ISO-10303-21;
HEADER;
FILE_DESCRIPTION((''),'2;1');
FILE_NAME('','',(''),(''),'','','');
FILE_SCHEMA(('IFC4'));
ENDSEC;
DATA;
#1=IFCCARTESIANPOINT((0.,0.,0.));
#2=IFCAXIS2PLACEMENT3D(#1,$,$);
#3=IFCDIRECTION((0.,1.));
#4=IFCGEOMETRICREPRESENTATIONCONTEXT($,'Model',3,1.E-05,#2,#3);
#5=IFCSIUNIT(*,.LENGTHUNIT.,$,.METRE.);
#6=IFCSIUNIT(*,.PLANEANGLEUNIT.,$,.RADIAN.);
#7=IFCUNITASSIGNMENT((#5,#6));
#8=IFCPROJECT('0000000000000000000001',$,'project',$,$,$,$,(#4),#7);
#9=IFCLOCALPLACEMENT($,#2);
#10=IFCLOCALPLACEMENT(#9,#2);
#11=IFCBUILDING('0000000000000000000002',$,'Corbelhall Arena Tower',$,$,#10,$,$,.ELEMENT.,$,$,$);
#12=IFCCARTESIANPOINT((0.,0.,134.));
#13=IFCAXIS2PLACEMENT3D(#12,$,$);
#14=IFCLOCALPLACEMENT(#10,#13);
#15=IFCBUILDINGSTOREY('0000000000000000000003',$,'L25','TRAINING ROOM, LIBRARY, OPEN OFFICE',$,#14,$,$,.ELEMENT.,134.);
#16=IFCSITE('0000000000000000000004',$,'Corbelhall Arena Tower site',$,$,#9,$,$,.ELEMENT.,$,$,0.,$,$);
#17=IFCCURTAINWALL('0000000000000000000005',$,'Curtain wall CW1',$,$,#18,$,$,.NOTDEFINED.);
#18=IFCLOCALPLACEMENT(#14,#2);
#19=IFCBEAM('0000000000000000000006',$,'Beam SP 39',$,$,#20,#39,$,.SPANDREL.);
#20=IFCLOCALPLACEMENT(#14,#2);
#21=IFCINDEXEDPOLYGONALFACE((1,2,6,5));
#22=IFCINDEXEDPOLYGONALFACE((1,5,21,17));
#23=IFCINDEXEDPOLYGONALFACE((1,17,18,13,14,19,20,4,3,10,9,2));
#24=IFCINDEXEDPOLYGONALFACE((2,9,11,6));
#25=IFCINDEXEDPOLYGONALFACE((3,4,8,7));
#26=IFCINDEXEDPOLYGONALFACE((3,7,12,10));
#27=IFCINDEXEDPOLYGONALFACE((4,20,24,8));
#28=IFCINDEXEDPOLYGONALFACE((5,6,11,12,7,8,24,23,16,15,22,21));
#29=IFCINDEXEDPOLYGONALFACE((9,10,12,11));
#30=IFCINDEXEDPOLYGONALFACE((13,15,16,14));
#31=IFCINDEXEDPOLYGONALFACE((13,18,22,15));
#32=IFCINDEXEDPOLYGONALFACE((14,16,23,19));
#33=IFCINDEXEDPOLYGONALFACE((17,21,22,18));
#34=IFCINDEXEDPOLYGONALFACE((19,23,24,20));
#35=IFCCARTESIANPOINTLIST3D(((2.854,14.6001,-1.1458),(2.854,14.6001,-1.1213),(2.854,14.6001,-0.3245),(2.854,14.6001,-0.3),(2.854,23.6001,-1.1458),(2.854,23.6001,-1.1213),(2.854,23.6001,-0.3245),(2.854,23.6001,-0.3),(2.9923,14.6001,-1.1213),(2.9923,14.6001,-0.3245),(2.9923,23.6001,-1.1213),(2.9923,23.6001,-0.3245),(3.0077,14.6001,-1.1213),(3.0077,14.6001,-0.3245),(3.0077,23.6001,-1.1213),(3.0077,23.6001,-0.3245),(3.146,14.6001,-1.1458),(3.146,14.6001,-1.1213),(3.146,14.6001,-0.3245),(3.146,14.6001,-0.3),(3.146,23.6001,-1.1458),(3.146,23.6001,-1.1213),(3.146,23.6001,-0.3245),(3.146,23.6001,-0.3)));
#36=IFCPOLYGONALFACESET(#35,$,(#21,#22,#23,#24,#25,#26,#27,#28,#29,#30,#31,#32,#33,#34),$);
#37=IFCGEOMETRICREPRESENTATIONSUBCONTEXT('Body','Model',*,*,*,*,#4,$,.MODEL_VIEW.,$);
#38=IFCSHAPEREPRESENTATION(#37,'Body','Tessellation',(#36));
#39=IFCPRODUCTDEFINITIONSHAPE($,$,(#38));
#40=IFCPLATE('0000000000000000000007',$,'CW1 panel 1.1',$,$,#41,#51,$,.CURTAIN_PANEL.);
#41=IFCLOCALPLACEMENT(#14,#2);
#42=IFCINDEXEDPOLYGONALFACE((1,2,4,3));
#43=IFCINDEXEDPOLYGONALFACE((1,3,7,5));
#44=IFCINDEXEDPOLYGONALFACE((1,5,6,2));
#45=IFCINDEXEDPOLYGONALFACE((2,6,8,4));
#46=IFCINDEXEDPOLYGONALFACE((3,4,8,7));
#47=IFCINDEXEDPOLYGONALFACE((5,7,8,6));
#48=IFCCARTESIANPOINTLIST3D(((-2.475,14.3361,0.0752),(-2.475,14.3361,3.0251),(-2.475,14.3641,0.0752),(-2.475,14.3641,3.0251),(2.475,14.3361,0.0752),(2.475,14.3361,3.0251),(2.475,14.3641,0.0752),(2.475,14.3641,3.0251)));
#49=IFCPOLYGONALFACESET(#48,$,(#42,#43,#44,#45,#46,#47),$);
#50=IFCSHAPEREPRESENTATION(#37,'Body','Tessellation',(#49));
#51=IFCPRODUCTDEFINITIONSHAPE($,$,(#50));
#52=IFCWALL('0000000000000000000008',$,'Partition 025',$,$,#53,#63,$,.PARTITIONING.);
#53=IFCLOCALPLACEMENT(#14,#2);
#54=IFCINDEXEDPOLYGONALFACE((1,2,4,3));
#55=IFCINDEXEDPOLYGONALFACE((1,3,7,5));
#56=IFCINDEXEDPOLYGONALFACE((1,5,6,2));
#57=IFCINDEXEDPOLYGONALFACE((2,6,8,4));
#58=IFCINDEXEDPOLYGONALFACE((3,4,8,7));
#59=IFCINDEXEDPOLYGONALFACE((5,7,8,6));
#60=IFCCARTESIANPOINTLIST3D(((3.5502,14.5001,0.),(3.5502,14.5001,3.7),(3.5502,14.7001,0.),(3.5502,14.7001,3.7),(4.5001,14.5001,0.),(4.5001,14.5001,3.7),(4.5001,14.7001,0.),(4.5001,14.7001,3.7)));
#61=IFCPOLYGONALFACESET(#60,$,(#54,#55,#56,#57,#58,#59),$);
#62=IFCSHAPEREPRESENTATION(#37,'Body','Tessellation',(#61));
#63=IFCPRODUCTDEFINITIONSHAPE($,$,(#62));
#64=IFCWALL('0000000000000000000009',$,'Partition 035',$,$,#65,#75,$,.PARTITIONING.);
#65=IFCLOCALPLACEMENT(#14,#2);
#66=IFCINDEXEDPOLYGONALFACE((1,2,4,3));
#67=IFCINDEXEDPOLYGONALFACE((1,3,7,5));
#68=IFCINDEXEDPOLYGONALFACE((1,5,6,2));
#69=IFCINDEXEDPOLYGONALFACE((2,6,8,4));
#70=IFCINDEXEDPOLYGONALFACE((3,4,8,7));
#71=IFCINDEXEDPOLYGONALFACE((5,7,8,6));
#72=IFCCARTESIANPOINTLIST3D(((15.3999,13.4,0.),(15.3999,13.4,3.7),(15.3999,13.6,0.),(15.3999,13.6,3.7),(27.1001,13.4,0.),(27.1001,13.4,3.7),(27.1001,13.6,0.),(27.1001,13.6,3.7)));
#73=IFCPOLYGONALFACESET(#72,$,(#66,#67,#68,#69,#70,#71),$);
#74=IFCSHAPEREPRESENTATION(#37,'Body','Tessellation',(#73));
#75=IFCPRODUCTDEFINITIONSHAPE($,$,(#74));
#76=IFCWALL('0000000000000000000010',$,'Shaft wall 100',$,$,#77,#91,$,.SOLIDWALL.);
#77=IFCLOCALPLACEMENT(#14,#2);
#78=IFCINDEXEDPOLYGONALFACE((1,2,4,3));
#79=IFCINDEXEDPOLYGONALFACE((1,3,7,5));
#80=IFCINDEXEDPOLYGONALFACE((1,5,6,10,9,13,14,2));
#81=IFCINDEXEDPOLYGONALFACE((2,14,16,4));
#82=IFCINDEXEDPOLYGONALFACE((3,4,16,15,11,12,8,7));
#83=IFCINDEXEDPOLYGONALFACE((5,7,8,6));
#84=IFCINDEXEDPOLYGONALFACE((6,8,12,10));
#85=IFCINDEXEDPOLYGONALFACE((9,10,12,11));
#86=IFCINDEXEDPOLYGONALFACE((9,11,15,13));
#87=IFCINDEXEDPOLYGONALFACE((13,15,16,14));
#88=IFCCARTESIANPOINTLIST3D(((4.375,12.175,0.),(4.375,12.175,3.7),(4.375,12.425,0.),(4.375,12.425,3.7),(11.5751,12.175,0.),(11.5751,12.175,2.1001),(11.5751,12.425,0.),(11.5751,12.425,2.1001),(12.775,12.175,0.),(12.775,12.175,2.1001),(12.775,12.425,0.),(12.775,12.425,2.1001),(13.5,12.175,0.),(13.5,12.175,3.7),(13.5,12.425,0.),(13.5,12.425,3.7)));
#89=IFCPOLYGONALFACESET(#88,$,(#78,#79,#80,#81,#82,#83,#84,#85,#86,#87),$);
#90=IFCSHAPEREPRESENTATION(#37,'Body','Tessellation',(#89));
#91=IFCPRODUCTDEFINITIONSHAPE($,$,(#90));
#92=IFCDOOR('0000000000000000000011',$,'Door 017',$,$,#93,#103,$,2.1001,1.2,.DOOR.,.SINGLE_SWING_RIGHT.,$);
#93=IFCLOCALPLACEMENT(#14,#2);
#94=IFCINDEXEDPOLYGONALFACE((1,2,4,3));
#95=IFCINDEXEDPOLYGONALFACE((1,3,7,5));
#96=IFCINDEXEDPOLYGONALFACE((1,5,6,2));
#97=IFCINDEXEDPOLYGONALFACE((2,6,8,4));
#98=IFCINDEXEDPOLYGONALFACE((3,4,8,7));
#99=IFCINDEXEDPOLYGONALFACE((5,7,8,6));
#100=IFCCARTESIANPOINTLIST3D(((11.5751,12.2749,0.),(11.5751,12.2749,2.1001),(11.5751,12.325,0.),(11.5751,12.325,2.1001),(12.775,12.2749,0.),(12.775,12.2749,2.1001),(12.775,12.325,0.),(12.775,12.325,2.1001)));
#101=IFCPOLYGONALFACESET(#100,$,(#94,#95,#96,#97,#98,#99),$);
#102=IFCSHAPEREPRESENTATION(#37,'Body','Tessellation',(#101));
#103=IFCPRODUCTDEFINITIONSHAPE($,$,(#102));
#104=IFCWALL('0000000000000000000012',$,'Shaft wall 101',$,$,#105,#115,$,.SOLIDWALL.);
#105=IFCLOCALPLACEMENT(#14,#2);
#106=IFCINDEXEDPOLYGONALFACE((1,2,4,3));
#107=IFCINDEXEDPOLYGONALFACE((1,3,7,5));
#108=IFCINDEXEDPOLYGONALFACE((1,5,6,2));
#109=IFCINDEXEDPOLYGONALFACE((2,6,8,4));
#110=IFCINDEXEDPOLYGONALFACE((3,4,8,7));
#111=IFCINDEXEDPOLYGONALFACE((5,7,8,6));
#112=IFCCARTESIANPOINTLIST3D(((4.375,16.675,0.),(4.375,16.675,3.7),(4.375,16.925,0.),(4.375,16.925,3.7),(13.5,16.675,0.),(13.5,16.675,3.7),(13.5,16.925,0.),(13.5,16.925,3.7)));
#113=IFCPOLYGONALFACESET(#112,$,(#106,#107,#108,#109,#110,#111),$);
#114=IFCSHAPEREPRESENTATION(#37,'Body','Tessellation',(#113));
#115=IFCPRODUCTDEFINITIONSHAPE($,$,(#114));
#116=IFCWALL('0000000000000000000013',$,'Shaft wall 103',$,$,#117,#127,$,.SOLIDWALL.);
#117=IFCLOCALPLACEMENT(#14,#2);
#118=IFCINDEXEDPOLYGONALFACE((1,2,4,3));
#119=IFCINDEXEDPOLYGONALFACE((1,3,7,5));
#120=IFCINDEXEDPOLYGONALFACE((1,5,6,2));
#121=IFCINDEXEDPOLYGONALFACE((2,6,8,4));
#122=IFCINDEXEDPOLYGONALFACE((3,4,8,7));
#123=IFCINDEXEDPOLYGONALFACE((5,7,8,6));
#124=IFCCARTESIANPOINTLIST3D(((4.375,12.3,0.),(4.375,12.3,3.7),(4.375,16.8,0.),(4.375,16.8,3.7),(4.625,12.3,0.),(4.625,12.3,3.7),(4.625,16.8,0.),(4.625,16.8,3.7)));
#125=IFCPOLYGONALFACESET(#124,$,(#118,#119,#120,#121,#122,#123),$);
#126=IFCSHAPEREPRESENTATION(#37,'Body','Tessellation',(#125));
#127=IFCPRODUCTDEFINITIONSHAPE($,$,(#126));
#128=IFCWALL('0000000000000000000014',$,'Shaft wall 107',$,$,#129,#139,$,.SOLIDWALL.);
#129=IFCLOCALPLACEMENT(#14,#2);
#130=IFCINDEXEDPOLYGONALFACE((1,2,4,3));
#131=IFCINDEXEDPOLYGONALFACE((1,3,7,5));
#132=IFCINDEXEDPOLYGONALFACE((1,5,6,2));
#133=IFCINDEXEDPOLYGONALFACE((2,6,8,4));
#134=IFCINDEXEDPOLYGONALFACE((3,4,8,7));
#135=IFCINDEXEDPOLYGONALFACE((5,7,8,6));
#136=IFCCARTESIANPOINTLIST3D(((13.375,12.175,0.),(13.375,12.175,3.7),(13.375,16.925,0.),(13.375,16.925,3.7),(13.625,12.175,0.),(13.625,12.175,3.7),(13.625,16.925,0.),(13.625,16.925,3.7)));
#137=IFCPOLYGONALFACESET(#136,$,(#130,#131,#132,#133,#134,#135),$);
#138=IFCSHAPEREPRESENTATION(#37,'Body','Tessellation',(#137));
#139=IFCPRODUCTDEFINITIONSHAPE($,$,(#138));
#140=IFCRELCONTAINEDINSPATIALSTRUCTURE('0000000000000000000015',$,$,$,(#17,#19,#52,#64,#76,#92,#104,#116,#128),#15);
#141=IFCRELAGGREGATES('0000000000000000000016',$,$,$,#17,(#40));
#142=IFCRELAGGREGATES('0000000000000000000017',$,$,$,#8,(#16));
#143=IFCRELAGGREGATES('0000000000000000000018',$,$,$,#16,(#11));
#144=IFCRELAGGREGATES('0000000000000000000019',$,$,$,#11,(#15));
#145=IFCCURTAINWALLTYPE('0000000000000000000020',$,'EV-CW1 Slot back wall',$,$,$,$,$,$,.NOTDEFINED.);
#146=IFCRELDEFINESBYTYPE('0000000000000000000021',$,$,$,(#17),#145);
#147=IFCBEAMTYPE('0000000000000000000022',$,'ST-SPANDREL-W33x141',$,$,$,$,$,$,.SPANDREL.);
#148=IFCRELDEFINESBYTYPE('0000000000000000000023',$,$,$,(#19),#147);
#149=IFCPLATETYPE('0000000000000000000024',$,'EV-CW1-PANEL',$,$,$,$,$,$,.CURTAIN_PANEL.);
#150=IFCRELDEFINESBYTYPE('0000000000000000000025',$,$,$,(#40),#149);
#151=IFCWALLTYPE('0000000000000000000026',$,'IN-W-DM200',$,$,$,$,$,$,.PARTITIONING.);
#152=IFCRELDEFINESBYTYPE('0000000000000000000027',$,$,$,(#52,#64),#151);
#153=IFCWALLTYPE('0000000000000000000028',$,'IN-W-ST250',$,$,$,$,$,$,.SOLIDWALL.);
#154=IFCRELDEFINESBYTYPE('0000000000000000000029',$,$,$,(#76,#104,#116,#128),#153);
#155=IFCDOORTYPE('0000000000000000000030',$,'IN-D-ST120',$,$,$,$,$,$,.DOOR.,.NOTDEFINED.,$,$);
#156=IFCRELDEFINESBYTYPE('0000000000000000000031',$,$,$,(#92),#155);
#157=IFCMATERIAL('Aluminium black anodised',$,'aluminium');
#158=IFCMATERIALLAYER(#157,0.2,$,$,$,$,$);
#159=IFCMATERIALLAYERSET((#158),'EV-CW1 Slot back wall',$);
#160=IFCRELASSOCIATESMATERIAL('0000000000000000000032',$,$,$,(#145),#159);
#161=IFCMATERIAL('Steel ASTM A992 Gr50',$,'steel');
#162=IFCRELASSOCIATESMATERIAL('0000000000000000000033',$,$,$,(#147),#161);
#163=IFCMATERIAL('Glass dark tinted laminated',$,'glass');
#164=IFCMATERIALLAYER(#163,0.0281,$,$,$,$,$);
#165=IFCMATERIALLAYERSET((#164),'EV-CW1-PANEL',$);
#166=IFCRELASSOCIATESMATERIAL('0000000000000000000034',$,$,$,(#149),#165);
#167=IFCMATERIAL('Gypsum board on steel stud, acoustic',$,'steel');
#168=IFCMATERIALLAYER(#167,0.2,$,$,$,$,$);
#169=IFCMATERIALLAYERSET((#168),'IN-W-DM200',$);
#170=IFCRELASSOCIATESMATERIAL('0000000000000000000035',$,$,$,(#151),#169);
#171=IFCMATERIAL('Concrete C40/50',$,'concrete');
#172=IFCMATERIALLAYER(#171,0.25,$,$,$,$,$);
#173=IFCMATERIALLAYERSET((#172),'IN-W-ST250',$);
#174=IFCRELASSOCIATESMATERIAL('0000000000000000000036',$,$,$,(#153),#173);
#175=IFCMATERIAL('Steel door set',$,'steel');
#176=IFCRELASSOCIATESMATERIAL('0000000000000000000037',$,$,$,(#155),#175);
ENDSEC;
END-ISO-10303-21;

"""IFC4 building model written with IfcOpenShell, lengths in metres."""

from ifc_helpers import new_model, si_unit, direction, frame, frame_2d, origin, origin_2d, place, context, subcontext, project, spatial, rectangle, i_section, extrude, material, layer, layer_set, material_profile, profile_set, type_object, element, fill, aggregate, save


model = new_model("IFC4")

# Units and contexts
model_context = context("Model", 3, precision=1e-05, world=origin(), true_north=direction((0.0, 1.0)))
body_context = subcontext(model_context, "Body", "Model", "MODEL_VIEW")
ifc_project = project(units=[si_unit("LENGTHUNIT", "METRE"), si_unit("PLANEANGLEUNIT", "RADIAN")], contexts=[model_context])

# Site, building, storey
site_placement = place(None, origin())
site = spatial("IfcSite", under=ifc_project, at=site_placement, Name="Corbelhall Arena Tower site", CompositionType="ELEMENT", RefElevation=0.0)
building_placement = place(site_placement, origin())
building = spatial("IfcBuilding", under=site, at=building_placement, Name="Corbelhall Arena Tower", CompositionType="ELEMENT")
storey_placement = place(building_placement, frame((0.0, 0.0, 134.0)))
storey = spatial("IfcBuildingStorey", under=building, at=storey_placement, Name="L25", Description="TRAINING ROOM, LIBRARY, OPEN OFFICE", CompositionType="ELEMENT", Elevation=134.0)

# Curtain wall
ifc_material_1 = material(Name="Aluminium black anodised", Category="aluminium")
ifc_layer_1 = layer(ifc_material_1, 0.2)
ifc_layer_set_1 = layer_set([ifc_layer_1], Name="EV-CW1 Slot back wall")
curtain_wall_type = type_object("IfcCurtainWallType", Name="EV-CW1 Slot back wall", PredefinedType="NOTDEFINED", material=ifc_layer_set_1)
curtain_wall_placement = place(storey_placement, origin())
curtain_wall = element("IfcCurtainWall", 1, at=curtain_wall_placement, inside=storey, type_object=curtain_wall_type, Name="Curtain wall CW1", PredefinedType="NOTDEFINED")

# Beam
ifc_material_2 = material(Name="Steel ASTM A992 Gr50", Category="steel")
ifc_material_profile_1 = material_profile(ifc_material_2, i_section(OverallWidth=0.292, OverallDepth=0.8457, WebThickness=0.0154, FlangeThickness=0.0244, at=origin_2d()))
ifc_profile_set_1 = profile_set([ifc_material_profile_1], Name="Steel ASTM A992 Gr50")
beam_type_1 = type_object("IfcBeamType", Name="ST-SPANDREL-W33x141", PredefinedType="SPANDREL", material=ifc_profile_set_1)
beam_1_placement = place(storey_placement, frame((3.0, 14.6001, -0.7229), z_axis=(0.0, 1.0, 0.0), x_axis=(-1.0, 0.0, 0.0)))
element("IfcBeam", 2, at=beam_1_placement, inside=storey, type_object=beam_type_1, Name="Beam SP 39", PredefinedType="SPANDREL", context=body_context, shape_type="SweptSolid", body=[
    extrude(i_section(OverallWidth=0.292, OverallDepth=0.8457, WebThickness=0.0154, FlangeThickness=0.0244, at=origin_2d()), origin(), (0.0, 0.0, 1.0), 9.0),
])

# Plate
ifc_material_3 = material(Name="Glass dark tinted laminated", Category="glass")
ifc_layer_2 = layer(ifc_material_3, 0.0281)
ifc_layer_set_2 = layer_set([ifc_layer_2], Name="EV-CW1-PANEL")
plate_type = type_object("IfcPlateType", Name="EV-CW1-PANEL", PredefinedType="CURTAIN_PANEL", material=ifc_layer_set_2)
plate_placement = place(storey_placement, frame((0.0, 14.3501, 0.0752), z_axis=(0.0, 0.0, 1.0), x_axis=(-1.0, 0.0, 0.0)))
plate = element("IfcPlate", 3, at=plate_placement, type_object=plate_type, Name="CW1 panel 1.1", PredefinedType="CURTAIN_PANEL", context=body_context, shape_type="SweptSolid", body=[
    extrude(rectangle(XDim=4.95, YDim=0.0281, at=origin_2d()), origin(), (0.0, 0.0, 1.0), 2.95),
])
aggregate(curtain_wall, [plate])

# Wall
ifc_material_4 = material(Name="Gypsum board on steel stud, acoustic", Category="steel")
ifc_layer_3 = layer(ifc_material_4, 0.2)
ifc_layer_set_3 = layer_set([ifc_layer_3], Name="IN-W-DM200")
wall_type_1 = type_object("IfcWallType", Name="IN-W-DM200", PredefinedType="PARTITIONING", material=ifc_layer_set_3)
wall_1_placement = place(storey_placement, frame((3.55, 14.6001, 0.0), z_axis=(0.0, 0.0, 1.0), x_axis=(1.0, 0.0, 0.0)))
element("IfcWall", 4, at=wall_1_placement, inside=storey, type_object=wall_type_1, Name="Partition 025", PredefinedType="PARTITIONING", context=body_context, shape_type="SweptSolid", body=[
    extrude(rectangle(XDim=0.95, YDim=0.2, at=frame_2d((0.4751, 0.0))), origin(), (0.0, 0.0, 1.0), 3.7),
])

# Shared definitions
ifc_material_5 = material(Name="Steel door set", Category="steel")

# Wall
wall_2_placement = place(storey_placement, frame((15.3999, 13.5, 0.0), z_axis=(0.0, 0.0, 1.0), x_axis=(1.0, 0.0, 0.0)))
element("IfcWall", 5, at=wall_2_placement, inside=storey, type_object=wall_type_1, Name="Partition 035", PredefinedType="PARTITIONING", context=body_context, shape_type="SweptSolid", body=[
    extrude(rectangle(XDim=11.7002, YDim=0.2, at=frame_2d((5.8501, 0.0))), origin(), (0.0, 0.0, 1.0), 3.7),
])

# Wall, opening, door
ifc_material_6 = material(Name="Concrete C40/50", Category="concrete")
ifc_layer_4 = layer(ifc_material_6, 0.25)
ifc_layer_set_4 = layer_set([ifc_layer_4], Name="IN-W-ST250")
wall_type_2 = type_object("IfcWallType", Name="IN-W-ST250", PredefinedType="SOLIDWALL", material=ifc_layer_set_4)
wall_3_placement = place(storey_placement, frame((4.375, 12.3, 0.0), z_axis=(0.0, 0.0, 1.0), x_axis=(1.0, 0.0, 0.0)))
wall_3 = element("IfcWall", 6, at=wall_3_placement, inside=storey, type_object=wall_type_2, Name="Shaft wall 100", PredefinedType="SOLIDWALL", context=body_context, shape_type="SweptSolid", body=[
    extrude(rectangle(XDim=9.125, YDim=0.25, at=frame_2d((4.5625, 0.0))), origin(), (0.0, 0.0, 1.0), 3.7),
])
opening_1_placement = place(wall_3_placement, frame((7.2, 0.0, 0.0)))
opening_1 = element("IfcOpeningElement", 7, at=opening_1_placement, cuts=wall_3, PredefinedType="OPENING", context=body_context, shape_type="SweptSolid", body=[
    extrude(rectangle(XDim=1.2, YDim=2.1001, at=frame_2d((0.6001, 1.05))), frame((0.0, 0.125, 0.0), z_axis=(0.0, -1.0, 0.0), x_axis=(1.0, 0.0, 0.0)), (0.0, 0.0, 1.0), 0.25),
])
door_type_1 = type_object("IfcDoorType", Name="IN-D-ST120", OperationType="NOTDEFINED", PredefinedType="DOOR", material=ifc_material_5)
door_1_placement = place(opening_1_placement, origin())
door_1 = element("IfcDoor", 8, at=door_1_placement, inside=storey, type_object=door_type_1, Name="Door 017", OperationType="SINGLE_SWING_RIGHT", OverallHeight=2.1001, OverallWidth=1.2, PredefinedType="DOOR", context=body_context, shape_type="SweptSolid", body=[
    extrude(rectangle(XDim=1.2, YDim=2.1001, at=frame_2d((0.6001, 1.05))), frame((0.0, 0.0249, 0.0), z_axis=(0.0, -1.0, 0.0), x_axis=(1.0, 0.0, 0.0)), (0.0, 0.0, 1.0), 0.05),
])
fill(opening_1, door_1)

# Walls
wall_4_placement = place(storey_placement, frame((4.375, 16.8, 0.0), z_axis=(0.0, 0.0, 1.0), x_axis=(1.0, 0.0, 0.0)))
element("IfcWall", 9, at=wall_4_placement, inside=storey, type_object=wall_type_2, Name="Shaft wall 101", PredefinedType="SOLIDWALL", context=body_context, shape_type="SweptSolid", body=[
    extrude(rectangle(XDim=9.125, YDim=0.25, at=frame_2d((4.5625, 0.0))), origin(), (0.0, 0.0, 1.0), 3.7),
])
wall_5_placement = place(storey_placement, frame((4.5, 12.3, 0.0), z_axis=(0.0, 0.0, 1.0), x_axis=(0.0, 1.0, 0.0)))
element("IfcWall", 10, at=wall_5_placement, inside=storey, type_object=wall_type_2, Name="Shaft wall 103", PredefinedType="SOLIDWALL", context=body_context, shape_type="SweptSolid", body=[
    extrude(rectangle(XDim=4.5, YDim=0.25, at=frame_2d((2.25, 0.0))), origin(), (0.0, 0.0, 1.0), 3.7),
])
wall_6_placement = place(storey_placement, frame((13.5, 12.175, 0.0), z_axis=(0.0, 0.0, 1.0), x_axis=(0.0, 1.0, 0.0)))
element("IfcWall", 11, at=wall_6_placement, inside=storey, type_object=wall_type_2, Name="Shaft wall 107", PredefinedType="SOLIDWALL", context=body_context, shape_type="SweptSolid", body=[
    extrude(rectangle(XDim=4.75, YDim=0.25, at=frame_2d((2.375, 0.0))), origin(), (0.0, 0.0, 1.0), 3.7),
])

save(model, "model.ifc")
